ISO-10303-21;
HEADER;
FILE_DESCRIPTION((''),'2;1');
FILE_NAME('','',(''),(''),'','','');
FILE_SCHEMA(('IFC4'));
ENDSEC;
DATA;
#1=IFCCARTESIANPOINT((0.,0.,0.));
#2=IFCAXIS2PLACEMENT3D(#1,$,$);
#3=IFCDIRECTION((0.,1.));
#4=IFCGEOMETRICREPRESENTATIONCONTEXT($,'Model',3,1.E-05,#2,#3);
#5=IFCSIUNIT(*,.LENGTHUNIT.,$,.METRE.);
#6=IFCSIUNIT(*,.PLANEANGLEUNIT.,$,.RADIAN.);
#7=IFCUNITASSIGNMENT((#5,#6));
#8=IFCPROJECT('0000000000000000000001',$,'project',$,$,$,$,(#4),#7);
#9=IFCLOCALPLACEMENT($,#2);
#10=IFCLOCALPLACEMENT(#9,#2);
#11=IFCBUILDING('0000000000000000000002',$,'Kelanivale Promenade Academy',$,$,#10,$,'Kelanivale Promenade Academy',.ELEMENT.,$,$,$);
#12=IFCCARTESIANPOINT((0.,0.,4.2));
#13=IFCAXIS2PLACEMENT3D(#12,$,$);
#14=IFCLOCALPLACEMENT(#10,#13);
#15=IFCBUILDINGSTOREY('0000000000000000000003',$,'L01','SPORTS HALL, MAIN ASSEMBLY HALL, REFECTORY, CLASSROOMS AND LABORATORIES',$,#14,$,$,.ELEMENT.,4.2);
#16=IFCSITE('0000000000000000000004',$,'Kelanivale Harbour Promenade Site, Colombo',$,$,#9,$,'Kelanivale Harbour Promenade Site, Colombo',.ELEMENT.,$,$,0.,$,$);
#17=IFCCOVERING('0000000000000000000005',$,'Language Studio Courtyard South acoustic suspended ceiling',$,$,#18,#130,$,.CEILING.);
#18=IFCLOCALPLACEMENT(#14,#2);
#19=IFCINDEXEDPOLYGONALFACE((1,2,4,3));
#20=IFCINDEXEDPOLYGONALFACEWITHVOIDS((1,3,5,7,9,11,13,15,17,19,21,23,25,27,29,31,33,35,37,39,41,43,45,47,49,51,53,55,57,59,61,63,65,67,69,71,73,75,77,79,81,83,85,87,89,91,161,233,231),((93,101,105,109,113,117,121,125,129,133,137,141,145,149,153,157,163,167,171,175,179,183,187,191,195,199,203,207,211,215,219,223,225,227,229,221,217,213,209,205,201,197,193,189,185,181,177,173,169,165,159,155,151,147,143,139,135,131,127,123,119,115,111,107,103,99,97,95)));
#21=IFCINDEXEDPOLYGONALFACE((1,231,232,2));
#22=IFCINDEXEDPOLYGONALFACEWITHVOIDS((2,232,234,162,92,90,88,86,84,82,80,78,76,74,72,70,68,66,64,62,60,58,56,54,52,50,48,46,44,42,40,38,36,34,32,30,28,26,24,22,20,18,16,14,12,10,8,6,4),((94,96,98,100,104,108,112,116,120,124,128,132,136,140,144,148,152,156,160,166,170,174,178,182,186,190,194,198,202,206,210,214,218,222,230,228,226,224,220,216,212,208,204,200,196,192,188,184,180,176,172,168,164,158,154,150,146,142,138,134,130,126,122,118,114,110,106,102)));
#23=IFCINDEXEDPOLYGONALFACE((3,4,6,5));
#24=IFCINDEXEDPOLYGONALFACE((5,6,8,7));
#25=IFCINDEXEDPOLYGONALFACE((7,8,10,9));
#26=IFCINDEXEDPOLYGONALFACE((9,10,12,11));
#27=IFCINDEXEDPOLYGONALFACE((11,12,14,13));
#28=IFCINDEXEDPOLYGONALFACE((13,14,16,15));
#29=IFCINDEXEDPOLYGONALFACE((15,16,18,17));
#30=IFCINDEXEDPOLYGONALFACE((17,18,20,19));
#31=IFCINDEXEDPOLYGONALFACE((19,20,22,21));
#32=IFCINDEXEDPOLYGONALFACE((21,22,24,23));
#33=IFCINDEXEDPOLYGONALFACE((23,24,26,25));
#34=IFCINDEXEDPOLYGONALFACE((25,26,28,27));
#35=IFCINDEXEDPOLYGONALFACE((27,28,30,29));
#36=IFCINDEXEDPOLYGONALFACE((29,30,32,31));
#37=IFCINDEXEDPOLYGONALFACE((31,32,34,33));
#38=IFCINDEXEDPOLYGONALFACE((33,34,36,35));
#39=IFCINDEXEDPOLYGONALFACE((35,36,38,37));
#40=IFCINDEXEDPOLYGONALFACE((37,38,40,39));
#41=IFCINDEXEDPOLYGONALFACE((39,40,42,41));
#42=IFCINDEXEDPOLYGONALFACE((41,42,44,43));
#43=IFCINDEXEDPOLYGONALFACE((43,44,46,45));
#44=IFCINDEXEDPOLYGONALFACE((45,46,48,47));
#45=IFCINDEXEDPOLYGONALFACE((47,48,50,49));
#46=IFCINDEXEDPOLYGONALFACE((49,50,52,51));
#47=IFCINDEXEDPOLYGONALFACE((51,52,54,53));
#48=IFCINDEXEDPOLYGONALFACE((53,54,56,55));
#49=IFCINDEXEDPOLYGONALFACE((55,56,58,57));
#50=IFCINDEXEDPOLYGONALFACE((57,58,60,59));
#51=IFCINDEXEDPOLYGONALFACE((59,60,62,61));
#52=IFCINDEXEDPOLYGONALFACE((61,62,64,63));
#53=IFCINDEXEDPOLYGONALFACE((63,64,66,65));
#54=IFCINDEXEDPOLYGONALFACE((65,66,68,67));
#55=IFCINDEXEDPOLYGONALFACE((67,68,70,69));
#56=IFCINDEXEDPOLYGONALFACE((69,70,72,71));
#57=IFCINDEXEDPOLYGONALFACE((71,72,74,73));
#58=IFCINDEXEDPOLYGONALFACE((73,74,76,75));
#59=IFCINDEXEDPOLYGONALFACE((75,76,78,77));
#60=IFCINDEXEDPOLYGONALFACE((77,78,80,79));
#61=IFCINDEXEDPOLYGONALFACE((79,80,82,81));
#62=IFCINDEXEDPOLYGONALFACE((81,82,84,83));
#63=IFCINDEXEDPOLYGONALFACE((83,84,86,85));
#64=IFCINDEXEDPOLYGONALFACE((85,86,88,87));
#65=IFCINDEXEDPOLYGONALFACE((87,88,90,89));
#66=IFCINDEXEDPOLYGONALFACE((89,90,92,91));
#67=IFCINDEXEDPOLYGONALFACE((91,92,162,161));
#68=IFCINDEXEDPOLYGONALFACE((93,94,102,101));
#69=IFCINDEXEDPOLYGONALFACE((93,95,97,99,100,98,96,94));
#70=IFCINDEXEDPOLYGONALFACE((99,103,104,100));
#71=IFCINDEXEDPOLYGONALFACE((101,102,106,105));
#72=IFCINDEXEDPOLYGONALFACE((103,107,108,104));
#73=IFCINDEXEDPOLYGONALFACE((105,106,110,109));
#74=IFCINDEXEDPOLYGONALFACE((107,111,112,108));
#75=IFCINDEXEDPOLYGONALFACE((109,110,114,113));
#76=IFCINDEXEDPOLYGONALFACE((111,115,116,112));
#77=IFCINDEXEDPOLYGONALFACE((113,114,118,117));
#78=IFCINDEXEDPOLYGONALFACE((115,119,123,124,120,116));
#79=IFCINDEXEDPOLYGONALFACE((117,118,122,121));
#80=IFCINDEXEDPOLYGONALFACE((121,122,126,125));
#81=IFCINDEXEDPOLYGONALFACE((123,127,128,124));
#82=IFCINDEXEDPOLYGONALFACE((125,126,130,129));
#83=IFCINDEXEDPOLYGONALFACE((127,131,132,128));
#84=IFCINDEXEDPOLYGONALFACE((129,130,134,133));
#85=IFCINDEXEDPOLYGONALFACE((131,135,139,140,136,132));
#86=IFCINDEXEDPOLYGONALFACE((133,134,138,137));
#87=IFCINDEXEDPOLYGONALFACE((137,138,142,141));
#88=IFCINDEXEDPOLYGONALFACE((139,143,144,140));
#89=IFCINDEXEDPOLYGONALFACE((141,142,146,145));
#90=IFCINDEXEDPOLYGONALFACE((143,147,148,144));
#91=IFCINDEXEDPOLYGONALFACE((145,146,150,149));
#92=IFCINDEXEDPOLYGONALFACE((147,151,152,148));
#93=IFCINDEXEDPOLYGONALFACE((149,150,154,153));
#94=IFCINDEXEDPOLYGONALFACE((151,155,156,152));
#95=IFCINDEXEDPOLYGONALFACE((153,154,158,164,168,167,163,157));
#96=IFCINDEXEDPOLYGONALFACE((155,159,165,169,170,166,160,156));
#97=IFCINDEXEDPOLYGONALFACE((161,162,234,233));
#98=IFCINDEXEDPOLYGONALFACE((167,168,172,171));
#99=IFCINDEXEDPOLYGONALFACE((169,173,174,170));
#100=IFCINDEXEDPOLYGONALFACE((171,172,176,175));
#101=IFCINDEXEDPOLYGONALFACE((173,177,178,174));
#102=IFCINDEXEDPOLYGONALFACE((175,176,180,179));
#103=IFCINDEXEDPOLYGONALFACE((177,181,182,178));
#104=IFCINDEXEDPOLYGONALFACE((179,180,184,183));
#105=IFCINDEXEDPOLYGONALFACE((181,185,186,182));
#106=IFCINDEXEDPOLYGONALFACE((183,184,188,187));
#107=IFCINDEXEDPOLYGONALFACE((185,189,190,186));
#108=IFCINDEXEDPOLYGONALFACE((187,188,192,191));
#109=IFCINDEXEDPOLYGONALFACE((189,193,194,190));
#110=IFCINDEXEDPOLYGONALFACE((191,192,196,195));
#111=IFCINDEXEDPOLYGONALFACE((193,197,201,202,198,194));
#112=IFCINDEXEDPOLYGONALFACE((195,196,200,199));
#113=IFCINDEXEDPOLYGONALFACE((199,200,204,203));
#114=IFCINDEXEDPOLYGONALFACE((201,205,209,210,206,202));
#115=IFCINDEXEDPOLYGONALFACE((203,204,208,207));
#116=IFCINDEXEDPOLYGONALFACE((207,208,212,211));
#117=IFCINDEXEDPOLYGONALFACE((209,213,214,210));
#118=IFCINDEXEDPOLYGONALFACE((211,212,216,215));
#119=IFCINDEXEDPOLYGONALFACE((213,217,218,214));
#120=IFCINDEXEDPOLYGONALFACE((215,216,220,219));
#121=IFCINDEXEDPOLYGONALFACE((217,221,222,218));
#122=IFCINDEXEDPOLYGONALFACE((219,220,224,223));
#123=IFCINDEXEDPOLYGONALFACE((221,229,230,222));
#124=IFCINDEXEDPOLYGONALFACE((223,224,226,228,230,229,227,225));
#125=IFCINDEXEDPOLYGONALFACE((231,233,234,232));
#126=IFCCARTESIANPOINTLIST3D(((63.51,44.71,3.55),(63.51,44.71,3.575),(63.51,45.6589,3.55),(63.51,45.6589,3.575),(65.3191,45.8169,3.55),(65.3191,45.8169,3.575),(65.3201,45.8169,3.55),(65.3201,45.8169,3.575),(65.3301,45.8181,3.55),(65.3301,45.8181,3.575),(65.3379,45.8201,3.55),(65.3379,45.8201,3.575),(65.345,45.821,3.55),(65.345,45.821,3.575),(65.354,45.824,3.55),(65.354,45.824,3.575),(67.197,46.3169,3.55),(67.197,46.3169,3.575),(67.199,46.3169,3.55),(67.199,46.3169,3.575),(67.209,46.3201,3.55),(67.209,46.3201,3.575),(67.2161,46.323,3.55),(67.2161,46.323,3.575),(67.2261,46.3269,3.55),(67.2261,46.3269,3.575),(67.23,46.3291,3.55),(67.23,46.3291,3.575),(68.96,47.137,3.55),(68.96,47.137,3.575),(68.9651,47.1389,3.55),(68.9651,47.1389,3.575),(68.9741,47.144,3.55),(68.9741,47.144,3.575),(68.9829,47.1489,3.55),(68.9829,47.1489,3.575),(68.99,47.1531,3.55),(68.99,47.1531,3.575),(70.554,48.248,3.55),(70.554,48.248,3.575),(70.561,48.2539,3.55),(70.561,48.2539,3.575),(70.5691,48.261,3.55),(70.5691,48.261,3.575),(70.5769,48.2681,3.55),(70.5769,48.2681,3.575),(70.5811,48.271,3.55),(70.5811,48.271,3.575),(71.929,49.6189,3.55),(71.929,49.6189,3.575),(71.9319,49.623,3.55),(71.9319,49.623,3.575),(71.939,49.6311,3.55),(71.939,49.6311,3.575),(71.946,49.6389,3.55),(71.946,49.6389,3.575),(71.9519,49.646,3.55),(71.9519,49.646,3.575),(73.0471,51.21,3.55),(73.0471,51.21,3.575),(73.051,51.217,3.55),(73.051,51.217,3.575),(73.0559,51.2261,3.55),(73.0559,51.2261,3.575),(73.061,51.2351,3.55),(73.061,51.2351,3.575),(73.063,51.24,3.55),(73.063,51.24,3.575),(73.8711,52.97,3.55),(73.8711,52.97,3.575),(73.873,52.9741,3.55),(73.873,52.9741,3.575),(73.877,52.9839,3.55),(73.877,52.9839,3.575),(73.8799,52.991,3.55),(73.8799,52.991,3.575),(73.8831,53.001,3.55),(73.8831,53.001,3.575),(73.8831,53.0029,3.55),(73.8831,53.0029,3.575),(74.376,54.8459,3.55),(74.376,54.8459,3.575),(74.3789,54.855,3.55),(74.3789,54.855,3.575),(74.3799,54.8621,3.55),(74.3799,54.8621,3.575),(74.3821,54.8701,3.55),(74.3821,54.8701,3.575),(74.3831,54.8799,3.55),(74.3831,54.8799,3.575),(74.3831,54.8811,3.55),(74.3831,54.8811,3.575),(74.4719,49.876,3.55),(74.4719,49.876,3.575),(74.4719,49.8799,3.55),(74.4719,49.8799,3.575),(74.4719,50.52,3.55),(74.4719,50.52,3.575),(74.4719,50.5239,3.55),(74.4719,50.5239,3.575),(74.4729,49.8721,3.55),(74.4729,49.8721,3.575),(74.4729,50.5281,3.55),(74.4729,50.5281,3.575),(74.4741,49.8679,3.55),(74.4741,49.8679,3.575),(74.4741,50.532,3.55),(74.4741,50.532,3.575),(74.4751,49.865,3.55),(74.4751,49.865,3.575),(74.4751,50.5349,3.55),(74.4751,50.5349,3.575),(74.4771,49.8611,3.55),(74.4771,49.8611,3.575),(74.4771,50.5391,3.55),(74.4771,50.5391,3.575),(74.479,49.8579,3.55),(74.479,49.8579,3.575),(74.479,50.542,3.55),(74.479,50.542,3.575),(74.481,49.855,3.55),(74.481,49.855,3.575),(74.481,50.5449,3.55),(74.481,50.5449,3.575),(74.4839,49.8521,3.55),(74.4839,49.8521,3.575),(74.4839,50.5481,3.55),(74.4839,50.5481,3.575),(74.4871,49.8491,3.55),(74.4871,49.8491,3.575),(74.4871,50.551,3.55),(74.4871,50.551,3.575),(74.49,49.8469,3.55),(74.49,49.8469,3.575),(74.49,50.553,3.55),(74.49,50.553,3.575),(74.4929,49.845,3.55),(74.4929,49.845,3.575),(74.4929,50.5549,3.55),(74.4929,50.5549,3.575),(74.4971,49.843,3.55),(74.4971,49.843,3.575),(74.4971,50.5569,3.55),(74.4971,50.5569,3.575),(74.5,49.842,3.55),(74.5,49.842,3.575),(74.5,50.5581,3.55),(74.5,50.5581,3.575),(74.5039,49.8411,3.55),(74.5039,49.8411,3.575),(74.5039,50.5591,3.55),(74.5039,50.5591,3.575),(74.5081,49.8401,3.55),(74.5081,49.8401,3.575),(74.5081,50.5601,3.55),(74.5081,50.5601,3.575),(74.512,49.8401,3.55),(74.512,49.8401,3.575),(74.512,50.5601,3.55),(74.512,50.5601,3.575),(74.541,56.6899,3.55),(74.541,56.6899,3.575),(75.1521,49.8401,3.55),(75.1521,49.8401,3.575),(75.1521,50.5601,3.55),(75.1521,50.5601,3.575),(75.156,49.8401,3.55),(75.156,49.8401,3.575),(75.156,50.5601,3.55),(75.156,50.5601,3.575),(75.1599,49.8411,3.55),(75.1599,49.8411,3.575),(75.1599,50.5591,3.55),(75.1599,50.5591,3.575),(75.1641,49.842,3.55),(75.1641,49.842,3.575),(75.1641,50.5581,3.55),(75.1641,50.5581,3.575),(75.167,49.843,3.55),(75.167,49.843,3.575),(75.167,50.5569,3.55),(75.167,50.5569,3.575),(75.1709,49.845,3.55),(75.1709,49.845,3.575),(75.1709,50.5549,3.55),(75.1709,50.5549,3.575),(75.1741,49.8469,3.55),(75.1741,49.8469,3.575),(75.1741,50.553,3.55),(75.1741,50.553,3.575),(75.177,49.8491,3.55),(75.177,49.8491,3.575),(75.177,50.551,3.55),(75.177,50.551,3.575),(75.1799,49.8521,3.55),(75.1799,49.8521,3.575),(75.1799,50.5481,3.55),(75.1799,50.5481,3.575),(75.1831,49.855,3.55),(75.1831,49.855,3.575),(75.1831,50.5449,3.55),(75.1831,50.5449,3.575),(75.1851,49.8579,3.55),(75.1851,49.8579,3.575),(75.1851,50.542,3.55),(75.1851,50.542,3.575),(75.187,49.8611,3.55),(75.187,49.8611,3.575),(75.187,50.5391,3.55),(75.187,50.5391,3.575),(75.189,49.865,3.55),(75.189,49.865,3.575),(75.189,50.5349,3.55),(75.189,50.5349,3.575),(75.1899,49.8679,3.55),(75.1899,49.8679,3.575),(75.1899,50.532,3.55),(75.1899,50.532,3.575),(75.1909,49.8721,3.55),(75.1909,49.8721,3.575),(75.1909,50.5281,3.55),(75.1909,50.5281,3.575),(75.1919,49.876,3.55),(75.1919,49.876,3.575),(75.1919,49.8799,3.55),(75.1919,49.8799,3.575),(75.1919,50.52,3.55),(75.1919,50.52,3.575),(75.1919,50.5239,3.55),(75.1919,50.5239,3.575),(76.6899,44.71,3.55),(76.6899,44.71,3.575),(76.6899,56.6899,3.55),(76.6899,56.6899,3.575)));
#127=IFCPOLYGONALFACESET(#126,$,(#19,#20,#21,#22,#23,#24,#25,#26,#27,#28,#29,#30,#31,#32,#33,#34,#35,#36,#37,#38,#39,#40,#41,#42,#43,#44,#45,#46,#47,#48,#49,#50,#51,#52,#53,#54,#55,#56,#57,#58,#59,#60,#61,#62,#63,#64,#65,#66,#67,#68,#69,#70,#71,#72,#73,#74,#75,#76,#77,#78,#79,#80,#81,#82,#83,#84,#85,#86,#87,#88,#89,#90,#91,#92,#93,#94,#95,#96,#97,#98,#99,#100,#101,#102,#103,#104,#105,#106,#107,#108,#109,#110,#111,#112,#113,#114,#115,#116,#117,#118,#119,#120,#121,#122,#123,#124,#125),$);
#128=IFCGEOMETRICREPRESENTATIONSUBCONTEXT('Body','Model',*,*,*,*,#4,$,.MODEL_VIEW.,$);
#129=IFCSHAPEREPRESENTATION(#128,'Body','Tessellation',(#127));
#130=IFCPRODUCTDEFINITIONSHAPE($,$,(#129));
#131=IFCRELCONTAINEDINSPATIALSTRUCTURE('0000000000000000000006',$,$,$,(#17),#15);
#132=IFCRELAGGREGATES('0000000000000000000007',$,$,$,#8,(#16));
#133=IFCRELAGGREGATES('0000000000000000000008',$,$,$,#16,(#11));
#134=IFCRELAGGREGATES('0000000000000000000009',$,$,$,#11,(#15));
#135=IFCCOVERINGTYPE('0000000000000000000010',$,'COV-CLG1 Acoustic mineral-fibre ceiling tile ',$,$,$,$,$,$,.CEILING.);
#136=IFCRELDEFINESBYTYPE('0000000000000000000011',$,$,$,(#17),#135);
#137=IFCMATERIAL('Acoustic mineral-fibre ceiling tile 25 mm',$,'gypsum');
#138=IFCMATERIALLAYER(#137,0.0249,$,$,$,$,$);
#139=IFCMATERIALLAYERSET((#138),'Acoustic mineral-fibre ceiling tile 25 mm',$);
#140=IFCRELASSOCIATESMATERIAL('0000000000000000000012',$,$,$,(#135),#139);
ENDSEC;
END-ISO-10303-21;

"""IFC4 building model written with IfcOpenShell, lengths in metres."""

from ifc_helpers import new_model, si_unit, direction, frame, origin, place, context, subcontext, project, spatial, polyline, outline, extrude, material, layer, layer_set, type_object, element, save


model = new_model("IFC4")

# Units and contexts
model_context = context("Model", 3, precision=1e-05, world=origin(), true_north=direction((0.0, 1.0)))
body_context = subcontext(model_context, "Body", "Model", "MODEL_VIEW")
ifc_project = project(units=[si_unit("LENGTHUNIT", "METRE"), si_unit("PLANEANGLEUNIT", "RADIAN")], contexts=[model_context])

# Site, building, storey
site_placement = place(None, origin())
site = spatial("IfcSite", under=ifc_project, at=site_placement, Name="Kelanivale Harbour Promenade Site, Colombo", LongName="Kelanivale Harbour Promenade Site, Colombo", CompositionType="ELEMENT", RefElevation=0.0)
building_placement = place(site_placement, origin())
building = spatial("IfcBuilding", under=site, at=building_placement, Name="Kelanivale Promenade Academy", LongName="Kelanivale Promenade Academy", CompositionType="ELEMENT")
storey_placement = place(building_placement, frame((0.0, 0.0, 4.2)))
storey = spatial("IfcBuildingStorey", under=building, at=storey_placement, Name="L01", Description="SPORTS HALL, MAIN ASSEMBLY HALL, REFECTORY, CLASSROOMS AND LABORATORIES", CompositionType="ELEMENT", Elevation=4.2)

# Covering
ifc_material_1 = material(Name="Acoustic mineral-fibre ceiling tile 25 mm", Category="gypsum")
ifc_layer_1 = layer(ifc_material_1, 0.0249)
ifc_layer_set_1 = layer_set([ifc_layer_1], Name="Acoustic mineral-fibre ceiling tile 25 mm")
covering_type = type_object("IfcCoveringType", Name="COV-CLG1 Acoustic mineral-fibre ceiling tile ", PredefinedType="CEILING", material=ifc_layer_set_1)
covering_1_placement = place(storey_placement, frame((0.0, 0.0, 3.55)))
element("IfcCovering", 1, at=covering_1_placement, inside=storey, type_object=covering_type, Name="Language Studio Courtyard South acoustic suspended ceiling", PredefinedType="CEILING", context=body_context, shape_type="SweptSolid", body=[
    extrude(outline(polyline([(73.0559, 51.2261), (73.051, 51.217), (73.0471, 51.21), (71.9519, 49.646), (71.946, 49.6389), (71.939, 49.6311), (71.9319, 49.623), (71.929, 49.6189), (70.5811, 48.271), (70.5769, 48.2681), (70.5691, 48.261), (70.561, 48.2539), (70.554, 48.248), (68.99, 47.1531), (68.9829, 47.1489), (68.9741, 47.144), (68.9651, 47.1389), (68.96, 47.137), (67.23, 46.3291), (67.2261, 46.3269), (67.2161, 46.323), (67.209, 46.3201), (67.199, 46.3169), (67.197, 46.3169), (65.354, 45.824), (65.345, 45.821), (65.3379, 45.8201), (65.3301, 45.8181), (65.3201, 45.8169), (65.3191, 45.8169), (63.51, 45.6589), (63.51, 44.71), (76.6899, 44.71), (76.6899, 56.6899), (74.541, 56.6899), (74.3831, 54.8811), (74.3831, 54.8799), (74.3821, 54.8701), (74.3799, 54.8621), (74.3789, 54.855), (74.376, 54.8459), (73.8831, 53.0029), (73.8831, 53.001), (73.8799, 52.991), (73.877, 52.9839), (73.873, 52.9741), (73.8711, 52.97), (73.063, 51.24), (73.061, 51.2351), (73.0559, 51.2261)]), holes=[polyline([(75.1919, 49.8799), (75.1919, 49.876), (75.1909, 49.8721), (75.1899, 49.8679), (75.189, 49.865), (75.187, 49.8611), (75.1851, 49.8579), (75.1831, 49.855), (75.1799, 49.8521), (75.177, 49.8491), (75.1741, 49.8469), (75.1709, 49.845), (75.167, 49.843), (75.1641, 49.842), (75.1599, 49.8411), (75.156, 49.8401), (75.1521, 49.8401), (74.512, 49.8401), (74.5081, 49.8401), (74.5039, 49.8411), (74.5, 49.842), (74.4971, 49.843), (74.4929, 49.845), (74.49, 49.8469), (74.4871, 49.8491), (74.4839, 49.8521), (74.481, 49.855), (74.479, 49.8579), (74.4771, 49.8611), (74.4751, 49.865), (74.4741, 49.8679), (74.4729, 49.8721), (74.4719, 49.876), (74.4719, 49.8799), (74.4719, 50.52), (74.4719, 50.5239), (74.4729, 50.5281), (74.4741, 50.532), (74.4751, 50.5349), (74.4771, 50.5391), (74.479, 50.542), (74.481, 50.5449), (74.4839, 50.5481), (74.4871, 50.551), (74.49, 50.553), (74.4929, 50.5549), (74.4971, 50.5569), (74.5, 50.5581), (74.5039, 50.5591), (74.5081, 50.5601), (74.512, 50.5601), (75.1521, 50.5601), (75.156, 50.5601), (75.1599, 50.5591), (75.1641, 50.5581), (75.167, 50.5569), (75.1709, 50.5549), (75.1741, 50.553), (75.177, 50.551), (75.1799, 50.5481), (75.1831, 50.5449), (75.1851, 50.542), (75.187, 50.5391), (75.189, 50.5349), (75.1899, 50.532), (75.1909, 50.5281), (75.1919, 50.5239), (75.1919, 50.52), (75.1919, 49.8799)])]), origin(), (0.0, 0.0, 1.0), 0.0249),
])

save(model, "model.ifc")
